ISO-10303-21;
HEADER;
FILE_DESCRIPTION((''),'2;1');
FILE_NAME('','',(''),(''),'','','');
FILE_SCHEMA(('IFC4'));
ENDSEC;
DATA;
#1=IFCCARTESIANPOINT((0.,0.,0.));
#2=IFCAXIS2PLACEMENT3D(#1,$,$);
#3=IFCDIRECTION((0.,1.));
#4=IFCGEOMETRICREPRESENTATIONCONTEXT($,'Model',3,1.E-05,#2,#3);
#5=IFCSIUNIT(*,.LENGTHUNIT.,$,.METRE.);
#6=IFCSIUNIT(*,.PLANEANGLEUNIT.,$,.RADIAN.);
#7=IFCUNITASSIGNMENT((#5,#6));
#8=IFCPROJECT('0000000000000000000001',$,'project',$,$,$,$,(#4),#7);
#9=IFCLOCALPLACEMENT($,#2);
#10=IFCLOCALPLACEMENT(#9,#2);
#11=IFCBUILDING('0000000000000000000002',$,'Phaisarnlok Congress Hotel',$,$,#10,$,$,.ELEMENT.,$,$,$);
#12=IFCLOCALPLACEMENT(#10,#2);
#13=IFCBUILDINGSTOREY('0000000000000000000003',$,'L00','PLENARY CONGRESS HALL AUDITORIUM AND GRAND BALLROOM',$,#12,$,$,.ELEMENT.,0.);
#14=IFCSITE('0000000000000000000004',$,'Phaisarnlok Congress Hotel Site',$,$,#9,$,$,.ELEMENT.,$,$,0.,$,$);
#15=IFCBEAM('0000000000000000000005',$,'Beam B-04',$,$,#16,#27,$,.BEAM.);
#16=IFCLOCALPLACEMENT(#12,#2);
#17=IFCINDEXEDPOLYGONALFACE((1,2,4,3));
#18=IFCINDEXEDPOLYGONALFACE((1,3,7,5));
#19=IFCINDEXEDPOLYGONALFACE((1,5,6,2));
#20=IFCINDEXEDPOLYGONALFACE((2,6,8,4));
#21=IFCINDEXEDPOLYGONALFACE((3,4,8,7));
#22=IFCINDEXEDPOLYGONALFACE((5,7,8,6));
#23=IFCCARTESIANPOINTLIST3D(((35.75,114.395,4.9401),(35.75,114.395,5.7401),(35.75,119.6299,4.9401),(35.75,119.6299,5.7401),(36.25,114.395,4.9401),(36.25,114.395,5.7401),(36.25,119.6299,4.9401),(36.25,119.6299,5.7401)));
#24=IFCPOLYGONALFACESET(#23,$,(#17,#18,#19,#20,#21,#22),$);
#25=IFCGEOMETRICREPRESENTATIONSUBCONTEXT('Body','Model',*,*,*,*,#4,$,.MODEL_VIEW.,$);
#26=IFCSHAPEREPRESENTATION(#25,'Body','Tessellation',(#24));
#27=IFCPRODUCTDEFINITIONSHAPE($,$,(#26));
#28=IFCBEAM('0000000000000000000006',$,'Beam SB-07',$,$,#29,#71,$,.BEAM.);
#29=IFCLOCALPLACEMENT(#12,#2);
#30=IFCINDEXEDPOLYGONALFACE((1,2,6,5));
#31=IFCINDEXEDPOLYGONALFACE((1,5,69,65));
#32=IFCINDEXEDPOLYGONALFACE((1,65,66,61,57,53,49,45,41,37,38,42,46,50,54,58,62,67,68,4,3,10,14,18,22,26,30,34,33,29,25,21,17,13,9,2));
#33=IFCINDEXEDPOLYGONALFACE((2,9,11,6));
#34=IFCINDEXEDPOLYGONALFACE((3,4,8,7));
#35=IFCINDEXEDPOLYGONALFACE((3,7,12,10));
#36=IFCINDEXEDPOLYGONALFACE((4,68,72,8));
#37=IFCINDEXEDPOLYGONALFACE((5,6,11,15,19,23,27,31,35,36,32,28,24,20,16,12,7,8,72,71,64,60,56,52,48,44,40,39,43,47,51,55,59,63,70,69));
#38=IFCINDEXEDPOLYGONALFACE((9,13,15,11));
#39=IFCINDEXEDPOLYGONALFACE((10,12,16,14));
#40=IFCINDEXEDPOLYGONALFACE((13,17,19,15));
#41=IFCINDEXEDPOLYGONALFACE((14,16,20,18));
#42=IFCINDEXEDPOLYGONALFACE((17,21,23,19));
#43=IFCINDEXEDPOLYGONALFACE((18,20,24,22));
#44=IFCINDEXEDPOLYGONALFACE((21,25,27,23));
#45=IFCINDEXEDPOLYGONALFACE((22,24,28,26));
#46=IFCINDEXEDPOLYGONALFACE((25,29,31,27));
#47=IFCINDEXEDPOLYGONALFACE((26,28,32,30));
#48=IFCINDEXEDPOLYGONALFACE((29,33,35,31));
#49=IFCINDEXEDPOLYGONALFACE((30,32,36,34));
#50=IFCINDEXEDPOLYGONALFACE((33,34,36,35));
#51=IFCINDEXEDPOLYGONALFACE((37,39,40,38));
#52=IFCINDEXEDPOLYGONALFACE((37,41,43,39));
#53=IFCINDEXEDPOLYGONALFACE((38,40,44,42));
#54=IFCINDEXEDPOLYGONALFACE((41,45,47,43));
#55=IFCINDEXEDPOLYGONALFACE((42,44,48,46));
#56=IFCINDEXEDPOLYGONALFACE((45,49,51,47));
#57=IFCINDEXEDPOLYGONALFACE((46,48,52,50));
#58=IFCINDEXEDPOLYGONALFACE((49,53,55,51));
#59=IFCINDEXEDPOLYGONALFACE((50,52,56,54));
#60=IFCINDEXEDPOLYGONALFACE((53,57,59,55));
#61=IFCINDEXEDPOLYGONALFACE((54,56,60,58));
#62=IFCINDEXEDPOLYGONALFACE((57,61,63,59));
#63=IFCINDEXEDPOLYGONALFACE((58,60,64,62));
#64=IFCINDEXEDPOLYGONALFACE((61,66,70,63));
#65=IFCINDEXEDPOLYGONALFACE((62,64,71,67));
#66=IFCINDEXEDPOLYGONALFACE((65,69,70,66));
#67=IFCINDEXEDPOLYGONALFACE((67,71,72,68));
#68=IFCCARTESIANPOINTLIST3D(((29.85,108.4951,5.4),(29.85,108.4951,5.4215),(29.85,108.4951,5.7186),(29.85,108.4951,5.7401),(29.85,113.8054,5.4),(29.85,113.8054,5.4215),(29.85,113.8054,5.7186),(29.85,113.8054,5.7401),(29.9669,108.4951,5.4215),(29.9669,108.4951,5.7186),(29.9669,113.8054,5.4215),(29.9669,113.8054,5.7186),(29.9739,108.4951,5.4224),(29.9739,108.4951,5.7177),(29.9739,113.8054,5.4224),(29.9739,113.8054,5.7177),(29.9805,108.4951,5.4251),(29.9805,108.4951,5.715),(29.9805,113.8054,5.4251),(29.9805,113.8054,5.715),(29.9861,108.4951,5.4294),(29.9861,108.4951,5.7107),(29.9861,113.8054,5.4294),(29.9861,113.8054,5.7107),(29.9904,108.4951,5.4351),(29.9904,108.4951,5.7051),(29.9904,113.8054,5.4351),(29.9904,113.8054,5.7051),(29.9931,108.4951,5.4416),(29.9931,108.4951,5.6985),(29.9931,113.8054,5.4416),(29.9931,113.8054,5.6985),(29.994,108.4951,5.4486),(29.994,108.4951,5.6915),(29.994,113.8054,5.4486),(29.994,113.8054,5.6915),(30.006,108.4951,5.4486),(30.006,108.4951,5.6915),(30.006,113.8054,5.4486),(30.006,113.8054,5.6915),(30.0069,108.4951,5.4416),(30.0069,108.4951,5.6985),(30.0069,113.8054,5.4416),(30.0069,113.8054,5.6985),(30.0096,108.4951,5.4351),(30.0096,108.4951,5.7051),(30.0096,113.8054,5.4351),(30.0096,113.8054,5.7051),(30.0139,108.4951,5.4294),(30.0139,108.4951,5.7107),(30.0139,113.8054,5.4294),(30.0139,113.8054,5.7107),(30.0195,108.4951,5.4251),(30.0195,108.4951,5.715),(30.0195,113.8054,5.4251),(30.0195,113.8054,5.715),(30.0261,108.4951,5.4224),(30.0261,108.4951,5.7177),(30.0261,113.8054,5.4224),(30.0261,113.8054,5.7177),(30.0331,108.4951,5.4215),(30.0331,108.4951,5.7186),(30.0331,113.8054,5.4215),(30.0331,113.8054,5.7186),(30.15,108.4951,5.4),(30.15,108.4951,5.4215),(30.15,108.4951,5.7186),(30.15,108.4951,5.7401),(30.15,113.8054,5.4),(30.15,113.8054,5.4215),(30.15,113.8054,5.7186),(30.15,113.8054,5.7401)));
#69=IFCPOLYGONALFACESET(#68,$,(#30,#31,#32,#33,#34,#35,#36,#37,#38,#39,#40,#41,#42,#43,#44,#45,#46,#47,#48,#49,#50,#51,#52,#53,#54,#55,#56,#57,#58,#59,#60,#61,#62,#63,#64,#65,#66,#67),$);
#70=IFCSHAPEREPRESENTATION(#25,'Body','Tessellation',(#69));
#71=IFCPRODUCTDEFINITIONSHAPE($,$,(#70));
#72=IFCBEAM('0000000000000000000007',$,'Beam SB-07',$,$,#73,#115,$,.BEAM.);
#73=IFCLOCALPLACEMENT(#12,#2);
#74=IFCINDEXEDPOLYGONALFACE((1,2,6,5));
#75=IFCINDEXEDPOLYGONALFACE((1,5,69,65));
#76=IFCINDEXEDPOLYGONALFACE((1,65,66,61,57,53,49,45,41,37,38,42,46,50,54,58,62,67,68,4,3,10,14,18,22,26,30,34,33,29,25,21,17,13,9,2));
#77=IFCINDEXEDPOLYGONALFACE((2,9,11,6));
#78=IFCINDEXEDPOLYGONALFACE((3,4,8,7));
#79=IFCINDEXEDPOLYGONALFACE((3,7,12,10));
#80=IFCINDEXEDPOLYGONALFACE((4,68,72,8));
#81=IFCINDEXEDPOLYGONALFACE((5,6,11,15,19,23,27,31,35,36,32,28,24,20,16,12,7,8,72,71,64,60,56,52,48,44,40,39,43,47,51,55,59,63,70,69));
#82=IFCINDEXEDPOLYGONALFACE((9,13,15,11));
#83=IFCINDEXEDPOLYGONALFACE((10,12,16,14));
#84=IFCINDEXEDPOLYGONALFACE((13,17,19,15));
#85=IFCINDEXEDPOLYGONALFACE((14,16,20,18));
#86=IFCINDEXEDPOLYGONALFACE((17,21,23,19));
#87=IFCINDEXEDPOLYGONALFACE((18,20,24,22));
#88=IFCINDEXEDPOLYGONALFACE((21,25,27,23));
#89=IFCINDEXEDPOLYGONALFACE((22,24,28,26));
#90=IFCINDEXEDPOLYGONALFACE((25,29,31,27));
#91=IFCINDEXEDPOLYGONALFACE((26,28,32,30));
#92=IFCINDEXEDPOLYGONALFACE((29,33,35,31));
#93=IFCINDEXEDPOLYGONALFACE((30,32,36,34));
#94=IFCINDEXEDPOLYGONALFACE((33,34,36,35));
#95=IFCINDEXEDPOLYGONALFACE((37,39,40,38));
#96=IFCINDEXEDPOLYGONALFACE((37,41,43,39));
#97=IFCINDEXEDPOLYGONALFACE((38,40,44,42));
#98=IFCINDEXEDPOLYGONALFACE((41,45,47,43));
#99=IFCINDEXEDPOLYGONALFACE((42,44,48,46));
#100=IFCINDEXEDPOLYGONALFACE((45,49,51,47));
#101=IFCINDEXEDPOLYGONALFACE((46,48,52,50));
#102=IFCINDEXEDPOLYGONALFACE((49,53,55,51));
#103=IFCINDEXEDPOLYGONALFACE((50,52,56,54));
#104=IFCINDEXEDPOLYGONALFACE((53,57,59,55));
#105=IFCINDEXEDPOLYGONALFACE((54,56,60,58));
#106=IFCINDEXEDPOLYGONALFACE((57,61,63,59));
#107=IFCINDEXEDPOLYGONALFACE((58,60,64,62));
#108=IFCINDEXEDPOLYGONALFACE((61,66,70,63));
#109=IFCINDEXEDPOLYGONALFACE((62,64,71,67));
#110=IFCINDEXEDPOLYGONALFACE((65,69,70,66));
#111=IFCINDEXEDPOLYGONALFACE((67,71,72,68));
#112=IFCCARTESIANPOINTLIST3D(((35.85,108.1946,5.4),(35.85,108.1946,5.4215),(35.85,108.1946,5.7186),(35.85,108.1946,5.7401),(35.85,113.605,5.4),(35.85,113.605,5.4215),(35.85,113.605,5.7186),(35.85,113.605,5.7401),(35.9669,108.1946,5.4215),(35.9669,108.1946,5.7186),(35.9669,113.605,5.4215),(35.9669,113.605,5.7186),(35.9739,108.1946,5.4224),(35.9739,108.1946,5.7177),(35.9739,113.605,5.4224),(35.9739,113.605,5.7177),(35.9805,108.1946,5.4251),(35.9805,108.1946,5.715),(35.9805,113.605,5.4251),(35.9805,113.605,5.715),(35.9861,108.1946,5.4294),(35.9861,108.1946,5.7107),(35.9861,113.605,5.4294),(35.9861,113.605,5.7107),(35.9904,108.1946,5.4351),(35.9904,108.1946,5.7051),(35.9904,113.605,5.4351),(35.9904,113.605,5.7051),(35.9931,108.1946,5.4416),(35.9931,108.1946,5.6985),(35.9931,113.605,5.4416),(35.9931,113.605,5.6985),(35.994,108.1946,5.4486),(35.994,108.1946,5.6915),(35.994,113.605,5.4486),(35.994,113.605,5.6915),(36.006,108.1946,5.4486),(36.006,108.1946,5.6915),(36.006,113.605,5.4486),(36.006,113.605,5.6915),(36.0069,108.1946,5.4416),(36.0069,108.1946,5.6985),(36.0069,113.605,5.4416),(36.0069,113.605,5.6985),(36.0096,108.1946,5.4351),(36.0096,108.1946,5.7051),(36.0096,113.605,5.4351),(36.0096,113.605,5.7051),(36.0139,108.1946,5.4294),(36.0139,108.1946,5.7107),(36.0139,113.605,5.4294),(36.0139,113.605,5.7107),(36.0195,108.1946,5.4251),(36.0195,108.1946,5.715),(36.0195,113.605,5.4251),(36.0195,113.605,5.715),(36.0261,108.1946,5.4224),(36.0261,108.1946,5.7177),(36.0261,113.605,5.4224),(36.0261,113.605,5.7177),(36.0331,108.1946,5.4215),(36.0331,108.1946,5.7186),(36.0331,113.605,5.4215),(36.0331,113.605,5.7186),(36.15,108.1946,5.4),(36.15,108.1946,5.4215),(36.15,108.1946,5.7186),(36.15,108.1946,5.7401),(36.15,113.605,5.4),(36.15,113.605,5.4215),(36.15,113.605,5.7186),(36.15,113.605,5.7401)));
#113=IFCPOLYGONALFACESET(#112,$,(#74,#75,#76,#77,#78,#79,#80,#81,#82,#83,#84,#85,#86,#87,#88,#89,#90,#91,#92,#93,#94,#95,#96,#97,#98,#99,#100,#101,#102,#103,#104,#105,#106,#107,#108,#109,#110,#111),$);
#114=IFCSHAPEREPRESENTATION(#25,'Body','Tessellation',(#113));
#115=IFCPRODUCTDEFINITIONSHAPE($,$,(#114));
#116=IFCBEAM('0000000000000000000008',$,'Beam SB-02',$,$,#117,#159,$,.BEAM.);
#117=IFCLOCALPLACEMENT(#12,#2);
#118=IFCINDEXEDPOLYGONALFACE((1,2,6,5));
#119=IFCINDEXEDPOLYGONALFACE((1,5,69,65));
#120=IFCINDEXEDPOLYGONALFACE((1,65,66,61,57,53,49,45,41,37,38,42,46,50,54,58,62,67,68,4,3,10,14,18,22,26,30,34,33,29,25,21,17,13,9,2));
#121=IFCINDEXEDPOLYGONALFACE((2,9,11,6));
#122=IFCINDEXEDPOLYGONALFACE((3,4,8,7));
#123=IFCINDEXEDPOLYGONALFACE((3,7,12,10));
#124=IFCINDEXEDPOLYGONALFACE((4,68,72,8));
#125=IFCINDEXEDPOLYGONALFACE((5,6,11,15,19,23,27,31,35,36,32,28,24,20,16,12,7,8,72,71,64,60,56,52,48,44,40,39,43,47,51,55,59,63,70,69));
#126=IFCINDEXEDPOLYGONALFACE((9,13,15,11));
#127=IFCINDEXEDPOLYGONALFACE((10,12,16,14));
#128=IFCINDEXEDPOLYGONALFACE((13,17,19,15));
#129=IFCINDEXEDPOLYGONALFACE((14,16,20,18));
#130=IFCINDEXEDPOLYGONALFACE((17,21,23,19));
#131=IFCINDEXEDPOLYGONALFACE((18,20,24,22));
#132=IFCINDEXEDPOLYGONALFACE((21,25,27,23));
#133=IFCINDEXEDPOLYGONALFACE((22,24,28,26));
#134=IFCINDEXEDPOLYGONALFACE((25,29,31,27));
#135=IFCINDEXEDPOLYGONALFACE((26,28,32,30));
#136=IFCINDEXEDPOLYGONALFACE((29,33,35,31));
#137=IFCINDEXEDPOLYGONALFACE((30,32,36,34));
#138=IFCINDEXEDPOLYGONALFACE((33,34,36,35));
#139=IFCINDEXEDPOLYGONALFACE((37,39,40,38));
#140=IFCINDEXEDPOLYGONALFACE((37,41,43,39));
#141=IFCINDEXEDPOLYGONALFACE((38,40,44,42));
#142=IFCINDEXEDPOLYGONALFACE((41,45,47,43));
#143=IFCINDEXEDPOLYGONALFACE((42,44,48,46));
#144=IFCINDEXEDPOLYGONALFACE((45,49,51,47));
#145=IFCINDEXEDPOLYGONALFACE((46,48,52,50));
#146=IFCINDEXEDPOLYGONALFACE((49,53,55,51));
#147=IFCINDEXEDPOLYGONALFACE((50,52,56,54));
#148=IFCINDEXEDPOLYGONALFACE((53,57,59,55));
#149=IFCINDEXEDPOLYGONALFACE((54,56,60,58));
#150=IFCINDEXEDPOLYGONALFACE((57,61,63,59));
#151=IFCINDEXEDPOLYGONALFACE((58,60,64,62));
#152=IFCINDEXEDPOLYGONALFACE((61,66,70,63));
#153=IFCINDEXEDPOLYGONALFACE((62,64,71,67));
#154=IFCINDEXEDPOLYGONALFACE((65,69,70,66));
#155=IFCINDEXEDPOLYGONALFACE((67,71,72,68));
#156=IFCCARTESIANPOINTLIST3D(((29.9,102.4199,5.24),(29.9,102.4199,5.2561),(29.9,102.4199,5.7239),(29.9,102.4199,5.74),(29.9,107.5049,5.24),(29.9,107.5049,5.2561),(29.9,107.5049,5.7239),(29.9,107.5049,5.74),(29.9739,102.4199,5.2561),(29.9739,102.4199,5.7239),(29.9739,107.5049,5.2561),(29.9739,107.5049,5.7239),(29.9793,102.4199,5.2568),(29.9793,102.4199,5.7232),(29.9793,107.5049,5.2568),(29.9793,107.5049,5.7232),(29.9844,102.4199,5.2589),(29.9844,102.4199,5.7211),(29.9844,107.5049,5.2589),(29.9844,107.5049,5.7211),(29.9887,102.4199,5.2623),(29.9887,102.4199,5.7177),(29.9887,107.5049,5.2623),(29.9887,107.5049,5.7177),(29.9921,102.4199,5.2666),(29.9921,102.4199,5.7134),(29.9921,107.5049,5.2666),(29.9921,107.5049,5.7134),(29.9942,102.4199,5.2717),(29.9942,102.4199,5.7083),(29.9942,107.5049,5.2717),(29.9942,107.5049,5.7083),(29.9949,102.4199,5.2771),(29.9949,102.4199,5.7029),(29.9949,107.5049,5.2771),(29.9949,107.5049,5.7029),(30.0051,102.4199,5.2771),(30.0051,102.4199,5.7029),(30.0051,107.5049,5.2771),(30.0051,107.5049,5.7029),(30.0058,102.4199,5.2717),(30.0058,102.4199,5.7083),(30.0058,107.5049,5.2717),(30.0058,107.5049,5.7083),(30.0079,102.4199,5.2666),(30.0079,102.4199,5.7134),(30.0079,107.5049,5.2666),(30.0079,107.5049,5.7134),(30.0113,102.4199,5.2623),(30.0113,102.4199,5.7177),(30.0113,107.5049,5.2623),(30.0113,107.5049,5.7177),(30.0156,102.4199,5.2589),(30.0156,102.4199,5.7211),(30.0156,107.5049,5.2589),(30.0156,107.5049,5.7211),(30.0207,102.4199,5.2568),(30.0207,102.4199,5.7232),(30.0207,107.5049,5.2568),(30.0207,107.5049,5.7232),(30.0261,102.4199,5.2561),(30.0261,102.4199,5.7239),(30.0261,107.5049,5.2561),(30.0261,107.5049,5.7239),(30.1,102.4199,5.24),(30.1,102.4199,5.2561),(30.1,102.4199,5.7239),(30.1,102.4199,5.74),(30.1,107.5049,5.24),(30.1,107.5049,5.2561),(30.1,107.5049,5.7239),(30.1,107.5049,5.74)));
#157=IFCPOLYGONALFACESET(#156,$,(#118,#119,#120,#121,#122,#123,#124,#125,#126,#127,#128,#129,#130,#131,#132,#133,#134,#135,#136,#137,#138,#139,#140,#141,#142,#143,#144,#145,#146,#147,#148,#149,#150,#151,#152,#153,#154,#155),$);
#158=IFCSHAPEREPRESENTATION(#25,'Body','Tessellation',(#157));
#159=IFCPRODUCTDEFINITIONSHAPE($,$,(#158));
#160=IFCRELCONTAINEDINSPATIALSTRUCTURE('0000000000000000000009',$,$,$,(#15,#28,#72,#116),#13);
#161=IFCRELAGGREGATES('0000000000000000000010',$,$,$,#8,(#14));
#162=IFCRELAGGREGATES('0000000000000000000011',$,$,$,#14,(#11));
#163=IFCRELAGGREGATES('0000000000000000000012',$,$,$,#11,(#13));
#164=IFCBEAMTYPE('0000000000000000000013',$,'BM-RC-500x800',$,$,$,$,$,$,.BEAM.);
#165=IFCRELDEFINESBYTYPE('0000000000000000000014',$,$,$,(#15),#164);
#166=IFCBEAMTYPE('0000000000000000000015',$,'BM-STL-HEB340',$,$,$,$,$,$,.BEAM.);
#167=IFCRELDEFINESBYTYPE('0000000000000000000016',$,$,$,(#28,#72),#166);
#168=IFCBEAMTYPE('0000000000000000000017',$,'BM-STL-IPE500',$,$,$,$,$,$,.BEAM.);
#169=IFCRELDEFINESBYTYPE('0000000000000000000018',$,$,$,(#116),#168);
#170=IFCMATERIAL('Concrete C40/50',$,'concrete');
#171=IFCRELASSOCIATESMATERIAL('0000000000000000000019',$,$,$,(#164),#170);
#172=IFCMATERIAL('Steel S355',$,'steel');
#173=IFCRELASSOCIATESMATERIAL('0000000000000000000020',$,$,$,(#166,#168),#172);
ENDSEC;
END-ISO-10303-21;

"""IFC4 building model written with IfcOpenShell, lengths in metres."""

from ifc_helpers import new_model, si_unit, direction, frame, origin, origin_2d, place, context, subcontext, project, spatial, rectangle, i_section, extrude, material, material_profile, profile_set, type_object, element, save


model = new_model("IFC4")

# Units and contexts
model_context = context("Model", 3, precision=1e-05, world=origin(), true_north=direction((0.0, 1.0)))
body_context = subcontext(model_context, "Body", "Model", "MODEL_VIEW")
ifc_project = project(units=[si_unit("LENGTHUNIT", "METRE"), si_unit("PLANEANGLEUNIT", "RADIAN")], contexts=[model_context])

# Site, building, storey
site_placement = place(None, origin())
site = spatial("IfcSite", under=ifc_project, at=site_placement, Name="Phaisarnlok Congress Hotel Site", CompositionType="ELEMENT", RefElevation=0.0)
building_placement = place(site_placement, origin())
building = spatial("IfcBuilding", under=site, at=building_placement, Name="Phaisarnlok Congress Hotel", CompositionType="ELEMENT")
storey_placement = place(building_placement, origin())
storey = spatial("IfcBuildingStorey", under=building, at=storey_placement, Name="L00", Description="PLENARY CONGRESS HALL AUDITORIUM AND GRAND BALLROOM", CompositionType="ELEMENT", Elevation=0.0)

# Shared definitions
ifc_material_1 = material(Name="Steel S355", Category="steel")

# Beams
ifc_material_2 = material(Name="Concrete C40/50", Category="concrete")
ifc_material_profile_1 = material_profile(ifc_material_2, rectangle(XDim=0.5, YDim=0.8, at=origin_2d()), Name="RC 500x800")
ifc_profile_set_1 = profile_set([ifc_material_profile_1], Name="Concrete C40/50")
beam_type_1 = type_object("IfcBeamType", Name="BM-RC-500x800", PredefinedType="BEAM", material=ifc_profile_set_1)
beam_1_placement = place(storey_placement, frame((36.0, 114.395, 5.3401), z_axis=(0.0, 1.0, 0.0), x_axis=(-1.0, 0.0, 0.0)))
element("IfcBeam", 1, at=beam_1_placement, inside=storey, type_object=beam_type_1, Name="Beam B-04", PredefinedType="BEAM", context=body_context, shape_type="SweptSolid", body=[
    extrude(rectangle(XDim=0.5, YDim=0.8, at=origin_2d()), origin(), (0.0, 0.0, 1.0), 5.2349),
])
ifc_material_profile_2 = material_profile(ifc_material_1, i_section(OverallWidth=0.3, OverallDepth=0.3401, WebThickness=0.012, FlangeThickness=0.0215, FilletRadius=0.0271, at=origin_2d()), Name="HEB 340")
ifc_profile_set_2 = profile_set([ifc_material_profile_2], Name="Steel S355")
beam_type_2 = type_object("IfcBeamType", Name="BM-STL-HEB340", PredefinedType="BEAM", material=ifc_profile_set_2)
beam_2_placement = place(storey_placement, frame((30.0, 108.4951, 5.5701), z_axis=(0.0, 1.0, 0.0), x_axis=(-1.0, 0.0, 0.0)))
element("IfcBeam", 2, at=beam_2_placement, inside=storey, type_object=beam_type_2, Name="Beam SB-07", PredefinedType="BEAM", context=body_context, shape_type="SweptSolid", body=[
    extrude(i_section(OverallWidth=0.3, OverallDepth=0.3401, WebThickness=0.012, FlangeThickness=0.0215, FilletRadius=0.0271, at=origin_2d()), origin(), (0.0, 0.0, 1.0), 5.3103),
])
beam_3_placement = place(storey_placement, frame((36.0, 108.1946, 5.5701), z_axis=(0.0, 1.0, 0.0), x_axis=(-1.0, 0.0, 0.0)))
element("IfcBeam", 3, at=beam_3_placement, inside=storey, type_object=beam_type_2, Name="Beam SB-07", PredefinedType="BEAM", context=body_context, shape_type="SweptSolid", body=[
    extrude(i_section(OverallWidth=0.3, OverallDepth=0.3401, WebThickness=0.012, FlangeThickness=0.0215, FilletRadius=0.0271, at=origin_2d()), origin(), (0.0, 0.0, 1.0), 5.4104),
])
ifc_material_profile_3 = material_profile(ifc_material_1, i_section(OverallWidth=0.2, OverallDepth=0.5, WebThickness=0.0103, FlangeThickness=0.0161, FilletRadius=0.021, at=origin_2d()), Name="IPE 500")
ifc_profile_set_3 = profile_set([ifc_material_profile_3], Name="Steel S355")
beam_type_3 = type_object("IfcBeamType", Name="BM-STL-IPE500", PredefinedType="BEAM", material=ifc_profile_set_3)
beam_4_placement = place(storey_placement, frame((30.0, 102.4199, 5.49), z_axis=(0.0, 1.0, 0.0), x_axis=(-1.0, 0.0, 0.0)))
element("IfcBeam", 4, at=beam_4_placement, inside=storey, type_object=beam_type_3, Name="Beam SB-02", PredefinedType="BEAM", context=body_context, shape_type="SweptSolid", body=[
    extrude(i_section(OverallWidth=0.2, OverallDepth=0.5, WebThickness=0.0103, FlangeThickness=0.0161, FilletRadius=0.021, at=origin_2d()), origin(), (0.0, 0.0, 1.0), 5.085),
])

save(model, "model.ifc")
